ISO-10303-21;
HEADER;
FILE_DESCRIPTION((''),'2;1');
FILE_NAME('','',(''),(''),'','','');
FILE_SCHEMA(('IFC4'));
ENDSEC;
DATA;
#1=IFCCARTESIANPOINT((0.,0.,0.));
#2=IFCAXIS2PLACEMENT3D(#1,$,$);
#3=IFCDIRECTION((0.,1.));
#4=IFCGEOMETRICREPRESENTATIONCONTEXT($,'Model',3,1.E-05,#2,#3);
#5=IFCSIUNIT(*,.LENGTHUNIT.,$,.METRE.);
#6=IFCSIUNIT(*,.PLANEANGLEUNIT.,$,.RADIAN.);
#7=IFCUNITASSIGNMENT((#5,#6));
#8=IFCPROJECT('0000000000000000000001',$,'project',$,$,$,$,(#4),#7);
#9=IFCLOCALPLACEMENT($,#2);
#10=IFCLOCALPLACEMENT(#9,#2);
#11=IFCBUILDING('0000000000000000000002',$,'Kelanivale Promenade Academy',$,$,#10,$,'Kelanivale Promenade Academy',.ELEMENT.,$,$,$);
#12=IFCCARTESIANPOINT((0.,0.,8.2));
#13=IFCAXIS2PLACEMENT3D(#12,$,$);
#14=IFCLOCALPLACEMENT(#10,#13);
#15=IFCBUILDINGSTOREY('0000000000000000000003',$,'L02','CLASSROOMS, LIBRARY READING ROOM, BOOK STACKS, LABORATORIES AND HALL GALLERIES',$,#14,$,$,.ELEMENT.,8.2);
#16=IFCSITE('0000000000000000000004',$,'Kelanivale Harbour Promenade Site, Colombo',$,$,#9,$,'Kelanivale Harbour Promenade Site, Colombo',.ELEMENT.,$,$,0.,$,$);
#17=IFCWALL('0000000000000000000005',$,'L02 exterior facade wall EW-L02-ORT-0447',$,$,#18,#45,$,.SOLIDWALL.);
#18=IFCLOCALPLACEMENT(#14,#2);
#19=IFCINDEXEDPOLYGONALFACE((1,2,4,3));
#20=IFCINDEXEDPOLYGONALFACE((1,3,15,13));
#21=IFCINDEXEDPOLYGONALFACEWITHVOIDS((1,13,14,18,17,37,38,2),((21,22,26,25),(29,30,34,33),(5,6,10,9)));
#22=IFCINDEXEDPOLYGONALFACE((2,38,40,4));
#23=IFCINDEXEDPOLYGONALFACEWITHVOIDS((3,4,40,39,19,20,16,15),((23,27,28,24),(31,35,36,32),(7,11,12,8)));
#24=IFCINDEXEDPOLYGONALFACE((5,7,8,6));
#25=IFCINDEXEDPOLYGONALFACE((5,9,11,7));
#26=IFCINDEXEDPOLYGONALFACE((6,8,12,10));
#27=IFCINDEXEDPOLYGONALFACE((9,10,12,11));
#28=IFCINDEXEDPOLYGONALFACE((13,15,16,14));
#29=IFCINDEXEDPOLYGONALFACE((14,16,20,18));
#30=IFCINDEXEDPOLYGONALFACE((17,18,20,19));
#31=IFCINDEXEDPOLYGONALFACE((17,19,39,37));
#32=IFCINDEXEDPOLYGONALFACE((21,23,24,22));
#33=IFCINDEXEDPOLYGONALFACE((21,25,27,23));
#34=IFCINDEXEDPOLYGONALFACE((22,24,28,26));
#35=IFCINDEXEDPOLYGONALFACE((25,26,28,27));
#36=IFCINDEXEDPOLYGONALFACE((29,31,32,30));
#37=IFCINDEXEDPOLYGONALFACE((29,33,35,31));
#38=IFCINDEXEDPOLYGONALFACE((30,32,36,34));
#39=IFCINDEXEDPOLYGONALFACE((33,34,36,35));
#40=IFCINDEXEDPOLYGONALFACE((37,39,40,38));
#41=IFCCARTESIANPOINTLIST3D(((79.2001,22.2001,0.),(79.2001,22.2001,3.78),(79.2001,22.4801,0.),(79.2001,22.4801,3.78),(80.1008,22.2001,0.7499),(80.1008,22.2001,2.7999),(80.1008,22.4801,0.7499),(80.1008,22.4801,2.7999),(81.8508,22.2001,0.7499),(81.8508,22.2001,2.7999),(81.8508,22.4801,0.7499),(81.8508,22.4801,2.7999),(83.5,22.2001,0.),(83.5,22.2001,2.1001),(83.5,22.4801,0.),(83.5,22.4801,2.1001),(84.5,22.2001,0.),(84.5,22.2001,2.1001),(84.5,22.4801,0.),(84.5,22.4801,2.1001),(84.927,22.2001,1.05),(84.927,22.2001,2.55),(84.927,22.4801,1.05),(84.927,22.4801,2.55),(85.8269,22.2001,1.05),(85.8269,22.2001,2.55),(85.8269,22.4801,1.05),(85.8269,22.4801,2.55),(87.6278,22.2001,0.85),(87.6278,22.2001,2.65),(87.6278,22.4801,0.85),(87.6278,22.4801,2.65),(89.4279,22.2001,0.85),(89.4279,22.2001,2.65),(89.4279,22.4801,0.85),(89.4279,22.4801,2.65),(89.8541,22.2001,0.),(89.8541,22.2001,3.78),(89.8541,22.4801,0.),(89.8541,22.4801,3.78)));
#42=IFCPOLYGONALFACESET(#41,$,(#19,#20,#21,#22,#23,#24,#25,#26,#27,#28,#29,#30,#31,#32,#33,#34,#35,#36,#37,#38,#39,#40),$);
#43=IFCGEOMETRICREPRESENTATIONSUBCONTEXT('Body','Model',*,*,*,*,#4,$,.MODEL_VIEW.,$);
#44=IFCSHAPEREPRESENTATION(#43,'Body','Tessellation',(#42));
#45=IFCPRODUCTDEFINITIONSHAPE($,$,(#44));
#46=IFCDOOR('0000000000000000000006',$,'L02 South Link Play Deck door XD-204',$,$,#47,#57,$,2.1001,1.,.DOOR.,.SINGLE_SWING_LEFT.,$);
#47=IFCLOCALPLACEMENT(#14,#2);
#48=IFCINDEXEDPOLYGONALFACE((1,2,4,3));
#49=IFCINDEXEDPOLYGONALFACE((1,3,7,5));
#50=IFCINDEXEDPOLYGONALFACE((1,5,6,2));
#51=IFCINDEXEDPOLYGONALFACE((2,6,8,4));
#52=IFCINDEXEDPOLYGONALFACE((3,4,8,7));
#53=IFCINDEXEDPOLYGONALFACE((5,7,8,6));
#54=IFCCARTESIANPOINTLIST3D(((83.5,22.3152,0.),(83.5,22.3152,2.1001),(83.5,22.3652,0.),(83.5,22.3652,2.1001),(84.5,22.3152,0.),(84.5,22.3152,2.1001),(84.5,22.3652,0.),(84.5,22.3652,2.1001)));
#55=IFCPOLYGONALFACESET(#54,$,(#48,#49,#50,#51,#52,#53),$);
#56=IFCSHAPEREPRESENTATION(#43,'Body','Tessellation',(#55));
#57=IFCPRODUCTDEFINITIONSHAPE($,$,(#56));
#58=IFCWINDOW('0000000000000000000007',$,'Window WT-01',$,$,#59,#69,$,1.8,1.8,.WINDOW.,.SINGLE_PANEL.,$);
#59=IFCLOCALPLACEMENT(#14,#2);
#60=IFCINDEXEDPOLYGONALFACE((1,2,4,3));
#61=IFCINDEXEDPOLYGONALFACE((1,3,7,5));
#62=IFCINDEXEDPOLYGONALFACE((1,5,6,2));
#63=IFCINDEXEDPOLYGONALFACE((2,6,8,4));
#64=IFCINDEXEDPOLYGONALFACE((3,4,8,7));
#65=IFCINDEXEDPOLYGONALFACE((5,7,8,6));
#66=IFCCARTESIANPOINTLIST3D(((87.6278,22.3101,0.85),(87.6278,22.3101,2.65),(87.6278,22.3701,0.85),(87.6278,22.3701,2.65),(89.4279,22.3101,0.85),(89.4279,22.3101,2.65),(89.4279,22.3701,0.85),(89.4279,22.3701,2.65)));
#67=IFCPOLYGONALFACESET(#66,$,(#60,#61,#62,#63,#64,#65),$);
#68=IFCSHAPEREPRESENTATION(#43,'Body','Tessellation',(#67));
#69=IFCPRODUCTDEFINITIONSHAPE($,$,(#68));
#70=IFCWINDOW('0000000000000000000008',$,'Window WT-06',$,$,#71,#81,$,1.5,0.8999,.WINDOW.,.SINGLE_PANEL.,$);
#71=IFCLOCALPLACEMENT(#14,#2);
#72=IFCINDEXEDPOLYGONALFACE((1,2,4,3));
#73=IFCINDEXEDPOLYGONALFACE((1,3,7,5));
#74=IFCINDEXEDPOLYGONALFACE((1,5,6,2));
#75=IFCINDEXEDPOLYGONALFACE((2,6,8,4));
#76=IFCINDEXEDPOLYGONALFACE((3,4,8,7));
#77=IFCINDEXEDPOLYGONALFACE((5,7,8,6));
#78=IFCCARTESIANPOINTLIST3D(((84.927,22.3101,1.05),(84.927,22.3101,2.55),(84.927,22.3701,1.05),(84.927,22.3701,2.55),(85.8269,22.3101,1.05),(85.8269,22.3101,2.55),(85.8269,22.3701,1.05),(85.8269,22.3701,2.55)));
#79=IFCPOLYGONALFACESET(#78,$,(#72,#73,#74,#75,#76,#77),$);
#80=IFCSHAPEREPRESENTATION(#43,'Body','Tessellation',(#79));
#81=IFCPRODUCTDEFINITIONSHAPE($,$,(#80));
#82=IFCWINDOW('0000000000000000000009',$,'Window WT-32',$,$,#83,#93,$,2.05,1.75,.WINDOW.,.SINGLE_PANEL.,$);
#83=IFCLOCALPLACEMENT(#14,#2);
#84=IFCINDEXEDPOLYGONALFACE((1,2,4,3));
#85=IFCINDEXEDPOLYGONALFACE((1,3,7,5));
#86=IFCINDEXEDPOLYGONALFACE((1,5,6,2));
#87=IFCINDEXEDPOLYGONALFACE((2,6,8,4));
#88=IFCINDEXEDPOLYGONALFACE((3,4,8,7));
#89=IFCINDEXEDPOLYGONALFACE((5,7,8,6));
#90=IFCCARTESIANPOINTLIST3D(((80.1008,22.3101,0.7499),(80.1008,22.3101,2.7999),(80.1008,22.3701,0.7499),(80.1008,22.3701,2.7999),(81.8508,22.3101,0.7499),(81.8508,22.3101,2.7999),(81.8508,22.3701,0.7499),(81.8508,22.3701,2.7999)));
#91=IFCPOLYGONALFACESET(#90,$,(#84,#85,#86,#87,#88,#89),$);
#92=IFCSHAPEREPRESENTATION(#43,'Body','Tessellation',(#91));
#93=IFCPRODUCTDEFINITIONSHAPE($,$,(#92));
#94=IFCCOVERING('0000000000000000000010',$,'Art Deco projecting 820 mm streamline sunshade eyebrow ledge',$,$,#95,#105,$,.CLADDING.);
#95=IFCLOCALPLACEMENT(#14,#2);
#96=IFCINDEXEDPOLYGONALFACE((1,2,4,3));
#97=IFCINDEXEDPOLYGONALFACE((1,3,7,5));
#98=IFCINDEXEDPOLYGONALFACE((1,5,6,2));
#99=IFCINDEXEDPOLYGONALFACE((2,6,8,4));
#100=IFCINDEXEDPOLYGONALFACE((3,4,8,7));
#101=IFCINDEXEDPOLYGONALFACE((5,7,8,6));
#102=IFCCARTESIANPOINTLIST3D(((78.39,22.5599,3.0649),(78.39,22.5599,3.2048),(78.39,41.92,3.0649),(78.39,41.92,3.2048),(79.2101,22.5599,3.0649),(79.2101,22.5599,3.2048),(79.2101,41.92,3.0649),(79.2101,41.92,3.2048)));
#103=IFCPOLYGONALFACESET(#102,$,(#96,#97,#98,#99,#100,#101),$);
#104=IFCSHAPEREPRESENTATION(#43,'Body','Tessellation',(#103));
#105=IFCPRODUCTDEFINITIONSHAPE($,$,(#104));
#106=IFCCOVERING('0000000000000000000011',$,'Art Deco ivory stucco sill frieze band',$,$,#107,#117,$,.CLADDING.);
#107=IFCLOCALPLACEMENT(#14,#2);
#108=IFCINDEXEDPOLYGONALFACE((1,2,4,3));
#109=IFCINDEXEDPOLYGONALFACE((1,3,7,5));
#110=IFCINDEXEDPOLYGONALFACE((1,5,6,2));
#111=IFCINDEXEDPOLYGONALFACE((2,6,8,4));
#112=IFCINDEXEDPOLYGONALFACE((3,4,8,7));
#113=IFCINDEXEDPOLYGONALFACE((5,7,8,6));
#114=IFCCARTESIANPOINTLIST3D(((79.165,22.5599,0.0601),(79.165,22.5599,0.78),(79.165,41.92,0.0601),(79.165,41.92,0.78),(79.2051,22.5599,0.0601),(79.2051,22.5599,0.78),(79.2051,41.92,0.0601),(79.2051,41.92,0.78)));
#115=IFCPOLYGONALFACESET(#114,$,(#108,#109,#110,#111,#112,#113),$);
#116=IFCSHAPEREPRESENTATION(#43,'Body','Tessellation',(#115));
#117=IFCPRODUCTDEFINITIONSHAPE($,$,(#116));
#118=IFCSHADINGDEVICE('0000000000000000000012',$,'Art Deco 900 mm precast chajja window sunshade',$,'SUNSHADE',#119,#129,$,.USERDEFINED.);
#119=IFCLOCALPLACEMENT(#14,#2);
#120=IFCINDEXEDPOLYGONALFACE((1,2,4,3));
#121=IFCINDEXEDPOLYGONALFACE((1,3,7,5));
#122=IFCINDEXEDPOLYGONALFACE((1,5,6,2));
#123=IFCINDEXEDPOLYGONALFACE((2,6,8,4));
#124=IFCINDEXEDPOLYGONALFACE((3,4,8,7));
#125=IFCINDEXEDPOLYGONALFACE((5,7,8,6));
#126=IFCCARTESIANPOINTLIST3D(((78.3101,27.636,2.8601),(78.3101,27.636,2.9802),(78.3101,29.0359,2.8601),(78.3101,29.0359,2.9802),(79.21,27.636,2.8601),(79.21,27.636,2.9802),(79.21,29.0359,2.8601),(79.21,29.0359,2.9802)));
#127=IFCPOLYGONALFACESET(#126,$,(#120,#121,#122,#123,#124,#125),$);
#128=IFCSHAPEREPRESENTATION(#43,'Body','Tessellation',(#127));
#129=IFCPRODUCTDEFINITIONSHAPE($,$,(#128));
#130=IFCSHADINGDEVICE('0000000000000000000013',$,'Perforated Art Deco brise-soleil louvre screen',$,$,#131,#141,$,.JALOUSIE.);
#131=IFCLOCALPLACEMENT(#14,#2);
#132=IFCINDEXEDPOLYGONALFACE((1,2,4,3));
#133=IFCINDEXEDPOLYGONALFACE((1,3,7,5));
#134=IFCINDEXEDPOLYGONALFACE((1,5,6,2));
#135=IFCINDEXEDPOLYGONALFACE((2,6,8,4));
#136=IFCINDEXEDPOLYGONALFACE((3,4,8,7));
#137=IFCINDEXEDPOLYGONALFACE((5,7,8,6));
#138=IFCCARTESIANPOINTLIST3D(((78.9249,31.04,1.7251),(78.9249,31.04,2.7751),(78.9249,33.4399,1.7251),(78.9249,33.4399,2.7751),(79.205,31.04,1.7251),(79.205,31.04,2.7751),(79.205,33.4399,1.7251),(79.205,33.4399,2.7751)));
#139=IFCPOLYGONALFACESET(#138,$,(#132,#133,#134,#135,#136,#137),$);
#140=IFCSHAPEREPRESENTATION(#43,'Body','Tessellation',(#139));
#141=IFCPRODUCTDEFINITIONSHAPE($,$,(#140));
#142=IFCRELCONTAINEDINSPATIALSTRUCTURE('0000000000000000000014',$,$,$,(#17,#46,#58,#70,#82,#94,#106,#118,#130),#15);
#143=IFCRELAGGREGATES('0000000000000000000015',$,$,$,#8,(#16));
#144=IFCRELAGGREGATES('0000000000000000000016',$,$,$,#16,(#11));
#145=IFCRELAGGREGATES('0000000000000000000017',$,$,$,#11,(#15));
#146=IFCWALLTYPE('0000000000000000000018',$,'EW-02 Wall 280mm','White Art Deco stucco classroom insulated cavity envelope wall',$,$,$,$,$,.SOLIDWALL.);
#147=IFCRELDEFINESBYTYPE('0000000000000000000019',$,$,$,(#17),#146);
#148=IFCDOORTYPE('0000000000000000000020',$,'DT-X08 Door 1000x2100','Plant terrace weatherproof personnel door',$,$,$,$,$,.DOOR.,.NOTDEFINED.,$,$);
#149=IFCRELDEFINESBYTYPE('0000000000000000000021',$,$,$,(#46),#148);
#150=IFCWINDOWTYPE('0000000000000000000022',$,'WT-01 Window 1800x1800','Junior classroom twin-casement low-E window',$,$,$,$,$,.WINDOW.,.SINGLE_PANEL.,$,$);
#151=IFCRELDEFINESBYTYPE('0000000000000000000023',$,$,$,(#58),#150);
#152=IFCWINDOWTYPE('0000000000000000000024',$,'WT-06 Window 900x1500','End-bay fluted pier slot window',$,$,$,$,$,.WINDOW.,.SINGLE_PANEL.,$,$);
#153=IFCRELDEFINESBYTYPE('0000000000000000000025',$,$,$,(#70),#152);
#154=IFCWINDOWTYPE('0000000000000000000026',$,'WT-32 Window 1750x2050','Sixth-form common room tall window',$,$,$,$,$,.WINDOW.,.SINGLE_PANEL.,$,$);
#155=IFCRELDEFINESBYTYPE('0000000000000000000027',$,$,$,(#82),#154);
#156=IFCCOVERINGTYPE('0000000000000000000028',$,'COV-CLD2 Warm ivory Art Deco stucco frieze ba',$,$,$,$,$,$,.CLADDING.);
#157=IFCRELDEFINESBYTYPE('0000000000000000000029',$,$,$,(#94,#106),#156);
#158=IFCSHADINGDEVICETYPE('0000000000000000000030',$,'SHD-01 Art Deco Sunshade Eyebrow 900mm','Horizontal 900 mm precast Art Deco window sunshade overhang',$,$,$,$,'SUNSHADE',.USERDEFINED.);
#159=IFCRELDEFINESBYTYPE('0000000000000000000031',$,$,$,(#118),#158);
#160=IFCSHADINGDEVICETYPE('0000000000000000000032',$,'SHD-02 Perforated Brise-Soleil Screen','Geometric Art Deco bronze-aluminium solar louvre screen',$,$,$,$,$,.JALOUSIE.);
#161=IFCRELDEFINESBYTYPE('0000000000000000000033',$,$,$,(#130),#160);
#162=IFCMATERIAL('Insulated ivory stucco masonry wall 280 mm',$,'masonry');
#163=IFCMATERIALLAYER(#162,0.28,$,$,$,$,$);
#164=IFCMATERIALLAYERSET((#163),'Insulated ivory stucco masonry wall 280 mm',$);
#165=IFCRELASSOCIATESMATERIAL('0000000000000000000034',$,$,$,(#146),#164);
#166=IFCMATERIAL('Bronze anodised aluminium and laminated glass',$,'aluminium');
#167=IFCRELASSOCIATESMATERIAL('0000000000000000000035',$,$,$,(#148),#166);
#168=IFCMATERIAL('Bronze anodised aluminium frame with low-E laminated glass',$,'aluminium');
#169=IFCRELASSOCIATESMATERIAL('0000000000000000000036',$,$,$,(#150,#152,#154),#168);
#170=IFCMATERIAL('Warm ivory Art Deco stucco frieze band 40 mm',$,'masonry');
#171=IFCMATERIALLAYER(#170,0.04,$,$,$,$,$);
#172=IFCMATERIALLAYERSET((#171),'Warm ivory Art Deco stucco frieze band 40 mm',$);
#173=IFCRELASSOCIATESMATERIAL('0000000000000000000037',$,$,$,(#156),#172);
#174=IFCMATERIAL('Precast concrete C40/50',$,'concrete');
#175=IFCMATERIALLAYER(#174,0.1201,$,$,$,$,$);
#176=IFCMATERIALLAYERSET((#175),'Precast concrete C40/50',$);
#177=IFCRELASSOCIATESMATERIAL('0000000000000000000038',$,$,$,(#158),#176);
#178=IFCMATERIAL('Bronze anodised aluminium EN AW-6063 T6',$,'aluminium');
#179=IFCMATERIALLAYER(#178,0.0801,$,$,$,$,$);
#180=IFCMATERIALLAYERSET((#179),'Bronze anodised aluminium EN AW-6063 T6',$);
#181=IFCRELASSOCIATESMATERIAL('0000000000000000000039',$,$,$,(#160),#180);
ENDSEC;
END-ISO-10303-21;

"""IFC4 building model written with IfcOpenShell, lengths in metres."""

from ifc_helpers import new_model, si_unit, direction, frame, frame_2d, origin, origin_2d, place, context, subcontext, project, spatial, rectangle, extrude, material, layer, layer_set, type_object, element, fill, save


model = new_model("IFC4")

# Units and contexts
model_context = context("Model", 3, precision=1e-05, world=origin(), true_north=direction((0.0, 1.0)))
body_context = subcontext(model_context, "Body", "Model", "MODEL_VIEW")
ifc_project = project(units=[si_unit("LENGTHUNIT", "METRE"), si_unit("PLANEANGLEUNIT", "RADIAN")], contexts=[model_context])

# Site, building, storey
site_placement = place(None, origin())
site = spatial("IfcSite", under=ifc_project, at=site_placement, Name="Kelanivale Harbour Promenade Site, Colombo", LongName="Kelanivale Harbour Promenade Site, Colombo", CompositionType="ELEMENT", RefElevation=0.0)
building_placement = place(site_placement, origin())
building = spatial("IfcBuilding", under=site, at=building_placement, Name="Kelanivale Promenade Academy", LongName="Kelanivale Promenade Academy", CompositionType="ELEMENT")
storey_placement = place(building_placement, frame((0.0, 0.0, 8.2)))
storey = spatial("IfcBuildingStorey", under=building, at=storey_placement, Name="L02", Description="CLASSROOMS, LIBRARY READING ROOM, BOOK STACKS, LABORATORIES AND HALL GALLERIES", CompositionType="ELEMENT", Elevation=8.2)

# Wall, openings, door, windows
ifc_material_1 = material(Name="Insulated ivory stucco masonry wall 280 mm", Category="masonry")
ifc_layer_1 = layer(ifc_material_1, 0.28)
ifc_layer_set_1 = layer_set([ifc_layer_1], Name="Insulated ivory stucco masonry wall 280 mm")
wall_type = type_object("IfcWallType", Name="EW-02 Wall 280mm", Description="White Art Deco stucco classroom insulated cavity envelope wall", PredefinedType="SOLIDWALL", material=ifc_layer_set_1)
wall_placement = place(storey_placement, frame((79.2, 22.3401, 0.0), z_axis=(0.0, 0.0, 1.0), x_axis=(1.0, 0.0, 0.0)))
wall = element("IfcWall", 1, at=wall_placement, inside=storey, type_object=wall_type, Name="L02 exterior facade wall EW-L02-ORT-0447", PredefinedType="SOLIDWALL", context=body_context, shape_type="SweptSolid", body=[
    extrude(rectangle(XDim=10.6541, YDim=0.28, at=frame_2d((5.3271, 0.0))), origin(), (0.0, 0.0, 1.0), 3.78),
])
opening_1_placement = place(wall_placement, frame((4.3, 0.0, 0.0)))
opening_1 = element("IfcOpeningElement", 2, at=opening_1_placement, cuts=wall, PredefinedType="OPENING", context=body_context, shape_type="SweptSolid", body=[
    extrude(rectangle(XDim=1.0, YDim=2.1001, at=frame_2d((0.5, 1.05))), frame((0.0, 0.1499, 0.0), z_axis=(0.0, -1.0, 0.0), x_axis=(1.0, 0.0, 0.0)), (0.0, 0.0, 1.0), 0.3),
])
opening_2_placement = place(wall_placement, frame((0.9009, 0.0, 0.75)))
opening_2 = element("IfcOpeningElement", 3, at=opening_2_placement, cuts=wall, PredefinedType="OPENING", context=body_context, shape_type="SweptSolid", body=[
    extrude(rectangle(XDim=1.75, YDim=2.05, at=frame_2d((0.875, 1.0249))), frame((0.0, 0.1499, 0.0), z_axis=(0.0, -1.0, 0.0), x_axis=(1.0, 0.0, 0.0)), (0.0, 0.0, 1.0), 0.3),
])
opening_3_placement = place(wall_placement, frame((5.7271, 0.0, 1.05)))
opening_3 = element("IfcOpeningElement", 4, at=opening_3_placement, cuts=wall, PredefinedType="OPENING", context=body_context, shape_type="SweptSolid", body=[
    extrude(rectangle(XDim=0.8999, YDim=1.5, at=frame_2d((0.45, 0.75))), frame((0.0, 0.1499, 0.0), z_axis=(0.0, -1.0, 0.0), x_axis=(1.0, 0.0, 0.0)), (0.0, 0.0, 1.0), 0.3),
])
opening_4_placement = place(wall_placement, frame((8.428, 0.0, 0.8501)))
opening_4 = element("IfcOpeningElement", 5, at=opening_4_placement, cuts=wall, PredefinedType="OPENING", context=body_context, shape_type="SweptSolid", body=[
    extrude(rectangle(XDim=1.8, YDim=1.8, at=frame_2d((0.8999, 0.8999))), frame((0.0, 0.1499, 0.0), z_axis=(0.0, -1.0, 0.0), x_axis=(1.0, 0.0, 0.0)), (0.0, 0.0, 1.0), 0.3),
])
ifc_material_2 = material(Name="Bronze anodised aluminium and laminated glass", Category="aluminium")
door_type = type_object("IfcDoorType", Name="DT-X08 Door 1000x2100", Description="Plant terrace weatherproof personnel door", OperationType="NOTDEFINED", PredefinedType="DOOR", material=ifc_material_2)
door_placement = place(opening_1_placement, frame((1.0, 0.0, 0.0), z_axis=(0.0, 0.0, 1.0), x_axis=(-1.0, 0.0, 0.0)))
door = element("IfcDoor", 6, at=door_placement, inside=storey, type_object=door_type, Name="L02 South Link Play Deck door XD-204", OperationType="SINGLE_SWING_LEFT", OverallHeight=2.1001, OverallWidth=1.0, PredefinedType="DOOR", context=body_context, shape_type="SweptSolid", body=[
    extrude(rectangle(XDim=1.0, YDim=2.1001, at=frame_2d((0.5, 1.05))), frame((0.0, 0.0249, 0.0), z_axis=(0.0, -1.0, 0.0), x_axis=(1.0, 0.0, 0.0)), (0.0, 0.0, 1.0), 0.05),
])
fill(opening_1, door)
ifc_material_3 = material(Name="Bronze anodised aluminium frame with low-E laminated glass", Category="aluminium")
window_type_1 = type_object("IfcWindowType", Name="WT-01 Window 1800x1800", Description="Junior classroom twin-casement low-E window", PartitioningType="SINGLE_PANEL", PredefinedType="WINDOW", material=ifc_material_3)
window_1_placement = place(opening_4_placement, origin())
window_1 = element("IfcWindow", 7, at=window_1_placement, inside=storey, type_object=window_type_1, Name="Window WT-01", OverallHeight=1.8, OverallWidth=1.8, PartitioningType="SINGLE_PANEL", PredefinedType="WINDOW", context=body_context, shape_type="SweptSolid", body=[
    extrude(rectangle(XDim=1.8, YDim=1.8, at=frame_2d((0.8999, 0.8999))), frame((0.0, 0.03, 0.0), z_axis=(0.0, -1.0, 0.0), x_axis=(1.0, 0.0, 0.0)), (0.0, 0.0, 1.0), 0.0601),
])
fill(opening_4, window_1)
window_type_2 = type_object("IfcWindowType", Name="WT-06 Window 900x1500", Description="End-bay fluted pier slot window", PartitioningType="SINGLE_PANEL", PredefinedType="WINDOW", material=ifc_material_3)
window_2_placement = place(opening_3_placement, origin())
window_2 = element("IfcWindow", 8, at=window_2_placement, inside=storey, type_object=window_type_2, Name="Window WT-06", OverallHeight=1.5, OverallWidth=0.8999, PartitioningType="SINGLE_PANEL", PredefinedType="WINDOW", context=body_context, shape_type="SweptSolid", body=[
    extrude(rectangle(XDim=0.8999, YDim=1.5, at=frame_2d((0.45, 0.75))), frame((0.0, 0.03, 0.0), z_axis=(0.0, -1.0, 0.0), x_axis=(1.0, 0.0, 0.0)), (0.0, 0.0, 1.0), 0.0601),
])
fill(opening_3, window_2)
window_type_3 = type_object("IfcWindowType", Name="WT-32 Window 1750x2050", Description="Sixth-form common room tall window", PartitioningType="SINGLE_PANEL", PredefinedType="WINDOW", material=ifc_material_3)
window_3_placement = place(opening_2_placement, origin())
window_3 = element("IfcWindow", 9, at=window_3_placement, inside=storey, type_object=window_type_3, Name="Window WT-32", OverallHeight=2.05, OverallWidth=1.75, PartitioningType="SINGLE_PANEL", PredefinedType="WINDOW", context=body_context, shape_type="SweptSolid", body=[
    extrude(rectangle(XDim=1.75, YDim=2.05, at=frame_2d((0.875, 1.0249))), frame((0.0, 0.03, 0.0), z_axis=(0.0, -1.0, 0.0), x_axis=(1.0, 0.0, 0.0)), (0.0, 0.0, 1.0), 0.0601),
])
fill(opening_2, window_3)

# Coverings
ifc_material_4 = material(Name="Warm ivory Art Deco stucco frieze band 40 mm", Category="masonry")
ifc_layer_2 = layer(ifc_material_4, 0.04)
ifc_layer_set_2 = layer_set([ifc_layer_2], Name="Warm ivory Art Deco stucco frieze band 40 mm")
covering_type = type_object("IfcCoveringType", Name="COV-CLD2 Warm ivory Art Deco stucco frieze ba", PredefinedType="CLADDING", material=ifc_layer_set_2)
covering_1_placement = place(storey_placement, frame((78.8, 32.24, 3.0649), z_axis=(0.0, 0.0, 1.0), x_axis=(0.0, -1.0, 0.0)))
element("IfcCovering", 10, at=covering_1_placement, inside=storey, type_object=covering_type, Name="Art Deco projecting 820 mm streamline sunshade eyebrow ledge", PredefinedType="CLADDING", context=body_context, shape_type="SweptSolid", body=[
    extrude(rectangle(XDim=19.3601, YDim=0.8201, at=origin_2d()), origin(), (0.0, 0.0, 1.0), 0.1399),
])
covering_2_placement = place(storey_placement, frame((79.1851, 32.24, 0.0601), z_axis=(0.0, 0.0, 1.0), x_axis=(0.0, -1.0, 0.0)))
element("IfcCovering", 11, at=covering_2_placement, inside=storey, type_object=covering_type, Name="Art Deco ivory stucco sill frieze band", PredefinedType="CLADDING", context=body_context, shape_type="SweptSolid", body=[
    extrude(rectangle(XDim=19.3601, YDim=0.04, at=origin_2d()), origin(), (0.0, 0.0, 1.0), 0.72),
])

# Shading devices
ifc_material_5 = material(Name="Precast concrete C40/50", Category="concrete")
ifc_layer_3 = layer(ifc_material_5, 0.1201)
ifc_layer_set_3 = layer_set([ifc_layer_3], Name="Precast concrete C40/50")
shading_device_type_1 = type_object("IfcShadingDeviceType", Name="SHD-01 Art Deco Sunshade Eyebrow 900mm", Description="Horizontal 900 mm precast Art Deco window sunshade overhang", ElementType="SUNSHADE", PredefinedType="USERDEFINED", material=ifc_layer_set_3)
shading_device_1_placement = place(storey_placement, frame((78.76, 28.3359, 2.8601), z_axis=(0.0, 0.0, 1.0), x_axis=(0.0, -1.0, 0.0)))
element("IfcShadingDevice", 12, at=shading_device_1_placement, inside=storey, type_object=shading_device_type_1, Name="Art Deco 900 mm precast chajja window sunshade", ObjectType="SUNSHADE", PredefinedType="USERDEFINED", context=body_context, shape_type="SweptSolid", body=[
    extrude(rectangle(XDim=1.3999, YDim=0.8999, at=origin_2d()), origin(), (0.0, 0.0, 1.0), 0.1201),
])
ifc_material_6 = material(Name="Bronze anodised aluminium EN AW-6063 T6", Category="aluminium")
ifc_layer_4 = layer(ifc_material_6, 0.0801)
ifc_layer_set_4 = layer_set([ifc_layer_4], Name="Bronze anodised aluminium EN AW-6063 T6")
shading_device_type_2 = type_object("IfcShadingDeviceType", Name="SHD-02 Perforated Brise-Soleil Screen", Description="Geometric Art Deco bronze-aluminium solar louvre screen", PredefinedType="JALOUSIE", material=ifc_layer_set_4)
shading_device_2_placement = place(storey_placement, frame((79.0649, 32.24, 1.7251), z_axis=(0.0, 0.0, 1.0), x_axis=(0.0, -1.0, 0.0)))
element("IfcShadingDevice", 13, at=shading_device_2_placement, inside=storey, type_object=shading_device_type_2, Name="Perforated Art Deco brise-soleil louvre screen", PredefinedType="JALOUSIE", context=body_context, shape_type="SweptSolid", body=[
    extrude(rectangle(XDim=2.3999, YDim=0.28, at=origin_2d()), origin(), (0.0, 0.0, 1.0), 1.05),
])

save(model, "model.ifc")
